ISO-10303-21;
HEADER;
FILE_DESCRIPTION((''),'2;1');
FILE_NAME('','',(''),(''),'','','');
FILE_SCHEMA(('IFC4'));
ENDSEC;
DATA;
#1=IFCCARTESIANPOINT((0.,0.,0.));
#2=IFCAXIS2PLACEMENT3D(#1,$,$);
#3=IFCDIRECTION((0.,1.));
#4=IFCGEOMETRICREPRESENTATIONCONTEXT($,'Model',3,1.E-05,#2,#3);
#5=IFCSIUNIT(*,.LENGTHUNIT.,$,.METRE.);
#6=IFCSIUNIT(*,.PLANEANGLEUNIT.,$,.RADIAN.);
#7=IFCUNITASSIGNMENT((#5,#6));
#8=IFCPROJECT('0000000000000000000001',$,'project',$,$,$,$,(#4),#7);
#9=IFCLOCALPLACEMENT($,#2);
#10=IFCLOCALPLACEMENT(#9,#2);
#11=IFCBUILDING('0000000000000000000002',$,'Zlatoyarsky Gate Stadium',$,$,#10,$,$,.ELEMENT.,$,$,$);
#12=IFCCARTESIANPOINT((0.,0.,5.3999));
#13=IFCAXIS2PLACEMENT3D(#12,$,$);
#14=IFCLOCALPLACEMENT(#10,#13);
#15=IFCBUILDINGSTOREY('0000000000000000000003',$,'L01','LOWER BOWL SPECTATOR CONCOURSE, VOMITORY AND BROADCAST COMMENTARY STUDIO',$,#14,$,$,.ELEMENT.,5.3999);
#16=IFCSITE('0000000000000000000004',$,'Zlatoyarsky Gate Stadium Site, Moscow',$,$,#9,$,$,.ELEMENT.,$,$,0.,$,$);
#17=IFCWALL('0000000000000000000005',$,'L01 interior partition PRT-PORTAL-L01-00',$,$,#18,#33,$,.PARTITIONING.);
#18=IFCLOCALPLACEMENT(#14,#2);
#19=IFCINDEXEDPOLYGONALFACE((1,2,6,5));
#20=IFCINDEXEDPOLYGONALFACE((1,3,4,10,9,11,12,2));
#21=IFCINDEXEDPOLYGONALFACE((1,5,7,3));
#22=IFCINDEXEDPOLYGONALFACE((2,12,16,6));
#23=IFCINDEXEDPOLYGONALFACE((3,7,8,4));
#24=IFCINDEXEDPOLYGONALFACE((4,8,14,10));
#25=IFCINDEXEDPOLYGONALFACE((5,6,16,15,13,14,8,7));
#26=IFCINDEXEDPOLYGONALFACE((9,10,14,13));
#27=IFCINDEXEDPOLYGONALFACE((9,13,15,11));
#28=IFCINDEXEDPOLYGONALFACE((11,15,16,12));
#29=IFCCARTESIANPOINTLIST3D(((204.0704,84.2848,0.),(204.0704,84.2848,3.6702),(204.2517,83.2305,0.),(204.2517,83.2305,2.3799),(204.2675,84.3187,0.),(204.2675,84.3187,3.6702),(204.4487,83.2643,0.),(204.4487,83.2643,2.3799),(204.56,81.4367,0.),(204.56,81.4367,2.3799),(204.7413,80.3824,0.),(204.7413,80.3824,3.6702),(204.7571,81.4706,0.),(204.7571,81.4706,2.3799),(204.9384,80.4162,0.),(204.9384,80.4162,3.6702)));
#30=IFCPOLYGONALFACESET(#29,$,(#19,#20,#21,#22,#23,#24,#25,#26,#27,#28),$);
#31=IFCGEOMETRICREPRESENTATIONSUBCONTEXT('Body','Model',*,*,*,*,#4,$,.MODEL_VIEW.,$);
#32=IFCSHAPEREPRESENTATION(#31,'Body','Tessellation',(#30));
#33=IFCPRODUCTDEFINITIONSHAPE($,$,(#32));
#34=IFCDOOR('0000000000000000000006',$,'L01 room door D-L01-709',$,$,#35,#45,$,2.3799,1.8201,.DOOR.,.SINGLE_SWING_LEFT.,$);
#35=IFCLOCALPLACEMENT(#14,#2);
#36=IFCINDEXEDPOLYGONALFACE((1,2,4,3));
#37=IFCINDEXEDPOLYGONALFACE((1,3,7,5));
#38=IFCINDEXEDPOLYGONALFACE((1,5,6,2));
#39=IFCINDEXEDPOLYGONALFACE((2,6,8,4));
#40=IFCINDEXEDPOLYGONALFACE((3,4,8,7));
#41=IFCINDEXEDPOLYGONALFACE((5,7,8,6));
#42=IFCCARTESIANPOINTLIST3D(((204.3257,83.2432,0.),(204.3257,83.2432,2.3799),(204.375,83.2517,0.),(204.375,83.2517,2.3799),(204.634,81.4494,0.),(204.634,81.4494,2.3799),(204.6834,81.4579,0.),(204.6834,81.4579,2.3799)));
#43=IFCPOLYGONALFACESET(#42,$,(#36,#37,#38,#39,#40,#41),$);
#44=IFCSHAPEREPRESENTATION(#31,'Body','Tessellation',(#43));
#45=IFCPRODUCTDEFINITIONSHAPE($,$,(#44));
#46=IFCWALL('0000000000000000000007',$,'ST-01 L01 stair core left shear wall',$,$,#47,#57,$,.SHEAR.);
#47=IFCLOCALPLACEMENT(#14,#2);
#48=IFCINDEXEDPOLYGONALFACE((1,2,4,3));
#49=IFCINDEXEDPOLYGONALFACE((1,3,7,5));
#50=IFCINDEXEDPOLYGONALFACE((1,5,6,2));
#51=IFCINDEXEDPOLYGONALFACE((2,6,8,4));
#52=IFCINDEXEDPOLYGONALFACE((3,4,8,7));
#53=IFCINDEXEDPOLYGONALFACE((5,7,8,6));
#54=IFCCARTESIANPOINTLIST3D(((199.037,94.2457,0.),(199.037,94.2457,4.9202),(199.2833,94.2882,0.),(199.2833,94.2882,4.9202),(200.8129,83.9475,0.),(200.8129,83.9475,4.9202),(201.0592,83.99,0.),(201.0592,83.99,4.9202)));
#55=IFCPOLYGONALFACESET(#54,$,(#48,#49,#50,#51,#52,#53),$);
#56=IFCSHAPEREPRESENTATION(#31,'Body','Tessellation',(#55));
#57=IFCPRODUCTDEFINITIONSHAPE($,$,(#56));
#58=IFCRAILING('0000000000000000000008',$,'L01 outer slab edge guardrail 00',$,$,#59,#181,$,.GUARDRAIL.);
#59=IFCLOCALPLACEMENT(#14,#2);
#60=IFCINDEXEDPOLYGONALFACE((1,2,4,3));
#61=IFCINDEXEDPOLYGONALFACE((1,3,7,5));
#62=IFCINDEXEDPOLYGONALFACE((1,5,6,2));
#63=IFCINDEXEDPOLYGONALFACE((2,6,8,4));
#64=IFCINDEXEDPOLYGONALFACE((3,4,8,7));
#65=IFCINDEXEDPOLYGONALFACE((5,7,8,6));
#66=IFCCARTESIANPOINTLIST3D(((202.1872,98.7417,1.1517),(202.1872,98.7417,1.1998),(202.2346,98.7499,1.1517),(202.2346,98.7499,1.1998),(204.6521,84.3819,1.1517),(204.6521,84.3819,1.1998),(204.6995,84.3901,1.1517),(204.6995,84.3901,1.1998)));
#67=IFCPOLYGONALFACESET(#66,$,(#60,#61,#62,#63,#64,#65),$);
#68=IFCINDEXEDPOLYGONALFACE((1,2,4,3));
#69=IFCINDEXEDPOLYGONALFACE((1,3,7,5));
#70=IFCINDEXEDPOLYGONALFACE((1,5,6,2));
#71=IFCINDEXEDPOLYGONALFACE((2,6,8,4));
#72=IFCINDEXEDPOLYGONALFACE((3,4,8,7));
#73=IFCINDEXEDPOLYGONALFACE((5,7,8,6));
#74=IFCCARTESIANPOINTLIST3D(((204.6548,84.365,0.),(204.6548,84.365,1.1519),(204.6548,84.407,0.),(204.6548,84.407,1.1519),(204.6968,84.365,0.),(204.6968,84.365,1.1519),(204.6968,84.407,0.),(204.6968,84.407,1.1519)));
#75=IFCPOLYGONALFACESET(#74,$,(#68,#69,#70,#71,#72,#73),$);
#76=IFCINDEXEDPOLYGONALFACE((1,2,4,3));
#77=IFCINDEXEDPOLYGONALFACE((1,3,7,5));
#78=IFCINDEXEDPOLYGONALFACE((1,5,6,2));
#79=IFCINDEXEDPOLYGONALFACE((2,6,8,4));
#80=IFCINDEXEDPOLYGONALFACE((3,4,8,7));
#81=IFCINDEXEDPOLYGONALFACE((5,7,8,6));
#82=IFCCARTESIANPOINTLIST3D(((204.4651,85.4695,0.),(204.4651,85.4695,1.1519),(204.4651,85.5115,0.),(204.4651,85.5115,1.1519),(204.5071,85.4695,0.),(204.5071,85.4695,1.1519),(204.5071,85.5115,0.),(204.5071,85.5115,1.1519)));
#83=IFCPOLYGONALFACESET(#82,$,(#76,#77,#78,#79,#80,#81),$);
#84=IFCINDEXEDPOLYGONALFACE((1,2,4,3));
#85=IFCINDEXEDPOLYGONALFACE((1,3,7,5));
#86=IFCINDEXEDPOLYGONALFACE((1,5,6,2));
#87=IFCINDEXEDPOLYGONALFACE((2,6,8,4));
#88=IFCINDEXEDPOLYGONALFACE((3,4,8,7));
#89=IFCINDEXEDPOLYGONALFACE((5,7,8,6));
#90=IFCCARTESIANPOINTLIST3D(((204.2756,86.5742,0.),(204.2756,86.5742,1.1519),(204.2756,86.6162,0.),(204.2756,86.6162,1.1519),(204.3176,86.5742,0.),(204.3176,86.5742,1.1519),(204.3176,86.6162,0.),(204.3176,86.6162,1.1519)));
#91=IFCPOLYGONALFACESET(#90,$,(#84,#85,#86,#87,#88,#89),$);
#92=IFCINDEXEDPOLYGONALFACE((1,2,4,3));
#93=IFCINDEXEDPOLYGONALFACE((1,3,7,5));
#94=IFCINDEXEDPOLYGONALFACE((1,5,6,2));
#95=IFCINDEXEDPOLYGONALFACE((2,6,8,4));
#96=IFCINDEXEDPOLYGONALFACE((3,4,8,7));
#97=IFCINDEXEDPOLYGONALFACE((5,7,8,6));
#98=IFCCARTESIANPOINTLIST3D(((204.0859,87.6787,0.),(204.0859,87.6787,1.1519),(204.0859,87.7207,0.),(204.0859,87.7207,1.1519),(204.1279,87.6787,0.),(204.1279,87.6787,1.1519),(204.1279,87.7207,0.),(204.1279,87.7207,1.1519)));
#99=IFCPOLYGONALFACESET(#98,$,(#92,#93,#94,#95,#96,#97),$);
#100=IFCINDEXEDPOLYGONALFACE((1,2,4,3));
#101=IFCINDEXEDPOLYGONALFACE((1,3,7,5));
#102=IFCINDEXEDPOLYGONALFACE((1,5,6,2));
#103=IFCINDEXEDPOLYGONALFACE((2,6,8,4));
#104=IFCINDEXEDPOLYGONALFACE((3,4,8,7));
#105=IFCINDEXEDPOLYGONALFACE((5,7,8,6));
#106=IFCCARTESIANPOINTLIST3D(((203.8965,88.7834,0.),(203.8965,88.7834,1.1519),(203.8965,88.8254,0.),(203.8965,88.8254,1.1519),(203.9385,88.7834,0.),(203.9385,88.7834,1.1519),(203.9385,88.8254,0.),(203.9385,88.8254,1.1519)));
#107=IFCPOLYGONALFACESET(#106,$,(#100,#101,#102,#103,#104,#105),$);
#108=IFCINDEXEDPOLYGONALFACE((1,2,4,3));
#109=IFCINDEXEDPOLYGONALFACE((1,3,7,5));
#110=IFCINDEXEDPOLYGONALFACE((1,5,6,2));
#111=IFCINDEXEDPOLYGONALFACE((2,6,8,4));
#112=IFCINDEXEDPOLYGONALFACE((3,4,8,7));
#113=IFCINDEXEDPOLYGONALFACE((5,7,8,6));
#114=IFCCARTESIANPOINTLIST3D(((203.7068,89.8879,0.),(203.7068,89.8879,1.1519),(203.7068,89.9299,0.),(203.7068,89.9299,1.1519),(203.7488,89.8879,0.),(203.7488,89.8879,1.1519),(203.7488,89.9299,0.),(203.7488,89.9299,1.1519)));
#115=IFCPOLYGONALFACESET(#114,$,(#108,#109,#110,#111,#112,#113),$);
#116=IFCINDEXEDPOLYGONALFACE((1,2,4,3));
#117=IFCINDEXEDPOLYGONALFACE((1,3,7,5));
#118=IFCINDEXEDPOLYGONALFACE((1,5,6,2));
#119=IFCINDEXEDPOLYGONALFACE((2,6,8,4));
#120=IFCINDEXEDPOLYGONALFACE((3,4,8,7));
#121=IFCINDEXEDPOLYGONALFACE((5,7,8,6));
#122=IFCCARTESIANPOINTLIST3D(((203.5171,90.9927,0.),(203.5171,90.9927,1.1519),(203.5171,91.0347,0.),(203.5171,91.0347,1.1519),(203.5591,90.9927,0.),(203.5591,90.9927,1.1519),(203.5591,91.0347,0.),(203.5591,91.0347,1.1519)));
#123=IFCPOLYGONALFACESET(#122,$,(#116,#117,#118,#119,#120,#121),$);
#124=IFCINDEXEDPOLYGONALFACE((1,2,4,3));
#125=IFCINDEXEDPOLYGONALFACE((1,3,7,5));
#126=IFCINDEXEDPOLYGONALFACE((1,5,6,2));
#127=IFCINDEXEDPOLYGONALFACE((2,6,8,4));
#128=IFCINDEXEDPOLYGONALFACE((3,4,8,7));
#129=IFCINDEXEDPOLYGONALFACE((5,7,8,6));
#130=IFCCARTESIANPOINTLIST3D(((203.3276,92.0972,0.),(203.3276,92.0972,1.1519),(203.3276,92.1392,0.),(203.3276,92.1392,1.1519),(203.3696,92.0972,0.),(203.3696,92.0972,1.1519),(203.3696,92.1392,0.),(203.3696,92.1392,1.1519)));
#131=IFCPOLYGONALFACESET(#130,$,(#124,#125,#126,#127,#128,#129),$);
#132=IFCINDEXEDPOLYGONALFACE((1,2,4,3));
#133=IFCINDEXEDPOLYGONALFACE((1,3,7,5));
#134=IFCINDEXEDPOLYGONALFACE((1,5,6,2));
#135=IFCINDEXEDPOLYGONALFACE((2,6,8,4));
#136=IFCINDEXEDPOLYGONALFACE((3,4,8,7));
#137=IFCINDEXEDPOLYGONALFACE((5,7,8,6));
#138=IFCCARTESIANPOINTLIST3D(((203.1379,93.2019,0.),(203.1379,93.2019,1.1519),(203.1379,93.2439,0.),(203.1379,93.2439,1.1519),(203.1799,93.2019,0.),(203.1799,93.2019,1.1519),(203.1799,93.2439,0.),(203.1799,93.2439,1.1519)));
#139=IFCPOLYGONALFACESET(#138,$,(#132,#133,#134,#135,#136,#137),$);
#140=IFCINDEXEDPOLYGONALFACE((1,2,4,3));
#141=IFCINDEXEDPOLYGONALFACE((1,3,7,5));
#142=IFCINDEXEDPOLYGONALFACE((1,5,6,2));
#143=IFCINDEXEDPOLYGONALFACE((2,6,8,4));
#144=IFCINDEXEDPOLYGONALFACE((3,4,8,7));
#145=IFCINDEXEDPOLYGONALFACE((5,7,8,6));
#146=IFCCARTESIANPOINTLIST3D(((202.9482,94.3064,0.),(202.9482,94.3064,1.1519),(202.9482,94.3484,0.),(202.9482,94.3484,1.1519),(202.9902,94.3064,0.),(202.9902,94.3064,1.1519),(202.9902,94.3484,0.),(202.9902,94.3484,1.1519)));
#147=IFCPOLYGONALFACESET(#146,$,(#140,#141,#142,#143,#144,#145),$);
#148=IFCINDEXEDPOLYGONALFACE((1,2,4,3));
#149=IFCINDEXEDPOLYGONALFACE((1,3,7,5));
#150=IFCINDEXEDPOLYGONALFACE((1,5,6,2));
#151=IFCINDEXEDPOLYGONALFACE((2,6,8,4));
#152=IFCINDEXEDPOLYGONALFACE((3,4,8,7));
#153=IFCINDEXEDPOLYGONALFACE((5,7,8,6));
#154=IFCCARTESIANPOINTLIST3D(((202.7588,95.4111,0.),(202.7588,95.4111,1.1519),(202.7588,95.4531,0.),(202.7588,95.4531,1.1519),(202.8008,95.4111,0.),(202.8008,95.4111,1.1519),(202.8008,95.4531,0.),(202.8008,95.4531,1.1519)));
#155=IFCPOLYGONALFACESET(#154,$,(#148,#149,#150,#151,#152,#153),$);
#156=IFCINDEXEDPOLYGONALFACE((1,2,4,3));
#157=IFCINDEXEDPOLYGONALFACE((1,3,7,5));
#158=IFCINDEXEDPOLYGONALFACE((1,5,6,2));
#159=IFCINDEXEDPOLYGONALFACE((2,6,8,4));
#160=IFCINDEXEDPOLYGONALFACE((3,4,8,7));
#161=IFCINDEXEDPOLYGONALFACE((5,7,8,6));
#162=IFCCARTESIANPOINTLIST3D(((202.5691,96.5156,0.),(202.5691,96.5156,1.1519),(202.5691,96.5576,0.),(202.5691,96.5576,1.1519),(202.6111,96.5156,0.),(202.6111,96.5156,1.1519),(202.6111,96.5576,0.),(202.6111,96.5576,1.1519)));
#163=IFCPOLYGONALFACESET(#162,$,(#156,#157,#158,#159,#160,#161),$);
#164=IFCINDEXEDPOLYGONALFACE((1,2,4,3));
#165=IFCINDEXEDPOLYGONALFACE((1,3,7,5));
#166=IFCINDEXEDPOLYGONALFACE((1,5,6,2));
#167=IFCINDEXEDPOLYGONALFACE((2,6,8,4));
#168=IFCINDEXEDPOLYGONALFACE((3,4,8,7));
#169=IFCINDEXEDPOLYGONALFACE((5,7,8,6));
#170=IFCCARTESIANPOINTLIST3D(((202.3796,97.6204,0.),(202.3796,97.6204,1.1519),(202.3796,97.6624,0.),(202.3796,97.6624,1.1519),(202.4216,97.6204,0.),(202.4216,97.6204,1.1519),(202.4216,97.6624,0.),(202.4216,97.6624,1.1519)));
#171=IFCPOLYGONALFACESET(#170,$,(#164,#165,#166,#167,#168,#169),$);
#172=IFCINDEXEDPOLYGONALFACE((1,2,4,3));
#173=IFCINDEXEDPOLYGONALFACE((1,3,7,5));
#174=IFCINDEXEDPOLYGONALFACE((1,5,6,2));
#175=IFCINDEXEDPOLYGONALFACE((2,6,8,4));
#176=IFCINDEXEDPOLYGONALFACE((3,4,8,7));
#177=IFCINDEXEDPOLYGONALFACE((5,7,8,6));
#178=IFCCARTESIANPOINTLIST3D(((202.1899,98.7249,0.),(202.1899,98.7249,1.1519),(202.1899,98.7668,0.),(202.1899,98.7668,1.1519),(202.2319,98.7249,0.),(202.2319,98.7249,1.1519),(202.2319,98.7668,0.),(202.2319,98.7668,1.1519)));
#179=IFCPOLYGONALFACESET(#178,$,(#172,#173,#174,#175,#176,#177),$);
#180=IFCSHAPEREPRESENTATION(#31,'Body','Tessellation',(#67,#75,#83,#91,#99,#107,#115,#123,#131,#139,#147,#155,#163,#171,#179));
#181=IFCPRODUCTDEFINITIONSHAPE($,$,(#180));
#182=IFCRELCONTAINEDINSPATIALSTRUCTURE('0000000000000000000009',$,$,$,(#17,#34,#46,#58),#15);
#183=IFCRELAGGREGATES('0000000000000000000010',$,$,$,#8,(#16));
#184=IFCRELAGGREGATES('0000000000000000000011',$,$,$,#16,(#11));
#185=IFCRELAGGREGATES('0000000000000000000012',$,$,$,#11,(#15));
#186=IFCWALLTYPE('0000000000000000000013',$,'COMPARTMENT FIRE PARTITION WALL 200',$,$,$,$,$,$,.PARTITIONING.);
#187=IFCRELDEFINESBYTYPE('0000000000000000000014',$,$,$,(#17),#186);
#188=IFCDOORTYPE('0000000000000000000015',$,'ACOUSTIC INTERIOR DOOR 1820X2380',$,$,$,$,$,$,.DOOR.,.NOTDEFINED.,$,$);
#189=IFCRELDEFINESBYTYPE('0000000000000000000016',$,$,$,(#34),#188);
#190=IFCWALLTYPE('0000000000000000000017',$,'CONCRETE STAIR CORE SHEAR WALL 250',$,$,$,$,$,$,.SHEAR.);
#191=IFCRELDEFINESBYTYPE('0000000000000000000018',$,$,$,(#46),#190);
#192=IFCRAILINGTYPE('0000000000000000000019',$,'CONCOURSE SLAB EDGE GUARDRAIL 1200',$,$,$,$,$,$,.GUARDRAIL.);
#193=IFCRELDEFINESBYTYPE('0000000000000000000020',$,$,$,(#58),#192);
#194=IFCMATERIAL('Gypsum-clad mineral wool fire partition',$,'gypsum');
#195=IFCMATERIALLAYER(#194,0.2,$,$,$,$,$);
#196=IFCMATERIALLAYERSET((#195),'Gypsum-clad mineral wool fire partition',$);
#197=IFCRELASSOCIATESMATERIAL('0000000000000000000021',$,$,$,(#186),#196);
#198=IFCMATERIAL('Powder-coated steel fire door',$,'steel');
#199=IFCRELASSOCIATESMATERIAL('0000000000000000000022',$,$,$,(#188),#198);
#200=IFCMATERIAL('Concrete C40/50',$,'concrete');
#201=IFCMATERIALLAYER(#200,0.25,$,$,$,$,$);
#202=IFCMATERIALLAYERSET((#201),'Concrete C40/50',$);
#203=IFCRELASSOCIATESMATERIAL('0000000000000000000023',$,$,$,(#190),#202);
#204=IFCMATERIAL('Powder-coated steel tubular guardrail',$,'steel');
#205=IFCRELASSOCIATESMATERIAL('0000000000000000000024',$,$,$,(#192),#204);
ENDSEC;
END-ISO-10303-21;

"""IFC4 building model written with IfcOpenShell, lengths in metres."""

from ifc_helpers import new_model, si_unit, direction, frame, frame_2d, origin, origin_2d, place, context, subcontext, project, spatial, rectangle, extrude, material, layer, layer_set, type_object, element, fill, save


model = new_model("IFC4")

# Units and contexts
model_context = context("Model", 3, precision=1e-05, world=origin(), true_north=direction((0.0, 1.0)))
body_context = subcontext(model_context, "Body", "Model", "MODEL_VIEW")
ifc_project = project(units=[si_unit("LENGTHUNIT", "METRE"), si_unit("PLANEANGLEUNIT", "RADIAN")], contexts=[model_context])

# Site, building, storey
site_placement = place(None, origin())
site = spatial("IfcSite", under=ifc_project, at=site_placement, Name="Zlatoyarsky Gate Stadium Site, Moscow", CompositionType="ELEMENT", RefElevation=0.0)
building_placement = place(site_placement, origin())
building = spatial("IfcBuilding", under=site, at=building_placement, Name="Zlatoyarsky Gate Stadium", CompositionType="ELEMENT")
storey_placement = place(building_placement, frame((0.0, 0.0, 5.3999)))
storey = spatial("IfcBuildingStorey", under=building, at=storey_placement, Name="L01", Description="LOWER BOWL SPECTATOR CONCOURSE, VOMITORY AND BROADCAST COMMENTARY STUDIO", CompositionType="ELEMENT", Elevation=5.3999)

# Wall, opening, door
ifc_material_1 = material(Name="Gypsum-clad mineral wool fire partition", Category="gypsum")
ifc_layer_1 = layer(ifc_material_1, 0.2)
ifc_layer_set_1 = layer_set([ifc_layer_1], Name="Gypsum-clad mineral wool fire partition")
wall_type_1 = type_object("IfcWallType", Name="COMPARTMENT FIRE PARTITION WALL 200", PredefinedType="PARTITIONING", material=ifc_layer_set_1)
wall_1_placement = place(storey_placement, frame((204.8398, 80.3992, 0.0), z_axis=(0.0, 0.0, 1.0), x_axis=(-0.169426, 0.985543, 0.0)))
wall_1 = element("IfcWall", 1, at=wall_1_placement, inside=storey, type_object=wall_type_1, Name="L01 interior partition PRT-PORTAL-L01-00", PredefinedType="PARTITIONING", context=body_context, shape_type="SweptSolid", body=[
    extrude(rectangle(XDim=3.9597, YDim=0.2, at=frame_2d((1.98, 0.0))), origin(), (0.0, 0.0, 1.0), 3.6702),
])
opening_placement = place(wall_1_placement, frame((1.0698, 0.0, 0.0)))
opening = element("IfcOpeningElement", 2, at=opening_placement, cuts=wall_1, PredefinedType="OPENING", context=body_context, shape_type="SweptSolid", body=[
    extrude(rectangle(XDim=1.8201, YDim=2.3799, at=frame_2d((0.9102, 1.1899))), frame((0.0, 0.1099, 0.0), z_axis=(0.0, -1.0, 0.0), x_axis=(1.0, 0.0, 0.0)), (0.0, 0.0, 1.0), 0.22),
])
ifc_material_2 = material(Name="Powder-coated steel fire door", Category="steel")
door_type = type_object("IfcDoorType", Name="ACOUSTIC INTERIOR DOOR 1820X2380", OperationType="NOTDEFINED", PredefinedType="DOOR", material=ifc_material_2)
door_placement = place(opening_placement, origin())
door = element("IfcDoor", 3, at=door_placement, inside=storey, type_object=door_type, Name="L01 room door D-L01-709", OperationType="SINGLE_SWING_LEFT", OverallHeight=2.3799, OverallWidth=1.8201, PredefinedType="DOOR", context=body_context, shape_type="SweptSolid", body=[
    extrude(rectangle(XDim=1.8201, YDim=2.3799, at=frame_2d((0.9102, 1.1899))), frame((0.0, 0.0249, 0.0), z_axis=(0.0, -1.0, 0.0), x_axis=(1.0, 0.0, 0.0)), (0.0, 0.0, 1.0), 0.05),
])
fill(opening, door)

# Wall
ifc_material_3 = material(Name="Concrete C40/50", Category="concrete")
ifc_layer_2 = layer(ifc_material_3, 0.25)
ifc_layer_set_2 = layer_set([ifc_layer_2], Name="Concrete C40/50")
wall_type_2 = type_object("IfcWallType", Name="CONCRETE STAIR CORE SHEAR WALL 250", PredefinedType="SHEAR", material=ifc_layer_set_2)
wall_2_placement = place(storey_placement, frame((200.936, 83.9688, 0.0), z_axis=(0.0, 0.0, 1.0), x_axis=(-0.169939, 0.985455, 0.0)))
element("IfcWall", 4, at=wall_2_placement, inside=storey, type_object=wall_type_2, Name="ST-01 L01 stair core left shear wall", PredefinedType="SHEAR", context=body_context, shape_type="SweptSolid", body=[
    extrude(rectangle(XDim=10.4502, YDim=0.25, at=frame_2d((5.2251, 0.0))), origin(), (0.0, 0.0, 1.0), 4.9202),
])

# Railing
ifc_material_4 = material(Name="Powder-coated steel tubular guardrail", Category="steel")
railing_type = type_object("IfcRailingType", Name="CONCOURSE SLAB EDGE GUARDRAIL 1200", PredefinedType="GUARDRAIL", material=ifc_material_4)
railing_placement = place(storey_placement, frame((204.6758, 84.386, 0.0)))
element("IfcRailing", 5, at=railing_placement, inside=storey, type_object=railing_type, Name="L01 outer slab edge guardrail 00", PredefinedType="GUARDRAIL", context=body_context, shape_type="SweptSolid", body=[
    extrude(rectangle(XDim=0.0481, YDim=0.0481, at=origin_2d()), frame((0.0, 0.0, 1.1758), z_axis=(-0.169174, 0.985586, 0.0), x_axis=(-0.985586, -0.169174, 0.0)), (0.0, 0.0, 1.0), 14.5698),
    extrude(rectangle(XDim=0.042, YDim=0.042, at=origin_2d()), origin(), (0.0, 0.0, 1.0), 1.1519),
    extrude(rectangle(XDim=0.042, YDim=0.042, at=origin_2d()), frame((-0.1897, 1.1045, 0.0)), (0.0, 0.0, 1.0), 1.1519),
    extrude(rectangle(XDim=0.042, YDim=0.042, at=origin_2d()), frame((-0.3792, 2.2092, 0.0)), (0.0, 0.0, 1.0), 1.1519),
    extrude(rectangle(XDim=0.042, YDim=0.042, at=origin_2d()), frame((-0.5688, 3.3137, 0.0)), (0.0, 0.0, 1.0), 1.1519),
    extrude(rectangle(XDim=0.042, YDim=0.042, at=origin_2d()), frame((-0.7583, 4.4185, 0.0)), (0.0, 0.0, 1.0), 1.1519),
    extrude(rectangle(XDim=0.042, YDim=0.042, at=origin_2d()), frame((-0.948, 5.5229, 0.0)), (0.0, 0.0, 1.0), 1.1519),
    extrude(rectangle(XDim=0.042, YDim=0.042, at=origin_2d()), frame((-1.1377, 6.6277, 0.0)), (0.0, 0.0, 1.0), 1.1519),
    extrude(rectangle(XDim=0.042, YDim=0.042, at=origin_2d()), frame((-1.3271, 7.7322, 0.0)), (0.0, 0.0, 1.0), 1.1519),
    extrude(rectangle(XDim=0.042, YDim=0.042, at=origin_2d()), frame((-1.5168, 8.8369, 0.0)), (0.0, 0.0, 1.0), 1.1519),
    extrude(rectangle(XDim=0.042, YDim=0.042, at=origin_2d()), frame((-1.7065, 9.9414, 0.0)), (0.0, 0.0, 1.0), 1.1519),
    extrude(rectangle(XDim=0.042, YDim=0.042, at=origin_2d()), frame((-1.896, 11.0461, 0.0)), (0.0, 0.0, 1.0), 1.1519),
    extrude(rectangle(XDim=0.042, YDim=0.042, at=origin_2d()), frame((-2.0857, 12.1506, 0.0)), (0.0, 0.0, 1.0), 1.1519),
    extrude(rectangle(XDim=0.042, YDim=0.042, at=origin_2d()), frame((-2.2751, 13.2554, 0.0)), (0.0, 0.0, 1.0), 1.1519),
    extrude(rectangle(XDim=0.042, YDim=0.042, at=origin_2d()), frame((-2.4648, 14.3599, 0.0)), (0.0, 0.0, 1.0), 1.1519),
])

save(model, "model.ifc")
